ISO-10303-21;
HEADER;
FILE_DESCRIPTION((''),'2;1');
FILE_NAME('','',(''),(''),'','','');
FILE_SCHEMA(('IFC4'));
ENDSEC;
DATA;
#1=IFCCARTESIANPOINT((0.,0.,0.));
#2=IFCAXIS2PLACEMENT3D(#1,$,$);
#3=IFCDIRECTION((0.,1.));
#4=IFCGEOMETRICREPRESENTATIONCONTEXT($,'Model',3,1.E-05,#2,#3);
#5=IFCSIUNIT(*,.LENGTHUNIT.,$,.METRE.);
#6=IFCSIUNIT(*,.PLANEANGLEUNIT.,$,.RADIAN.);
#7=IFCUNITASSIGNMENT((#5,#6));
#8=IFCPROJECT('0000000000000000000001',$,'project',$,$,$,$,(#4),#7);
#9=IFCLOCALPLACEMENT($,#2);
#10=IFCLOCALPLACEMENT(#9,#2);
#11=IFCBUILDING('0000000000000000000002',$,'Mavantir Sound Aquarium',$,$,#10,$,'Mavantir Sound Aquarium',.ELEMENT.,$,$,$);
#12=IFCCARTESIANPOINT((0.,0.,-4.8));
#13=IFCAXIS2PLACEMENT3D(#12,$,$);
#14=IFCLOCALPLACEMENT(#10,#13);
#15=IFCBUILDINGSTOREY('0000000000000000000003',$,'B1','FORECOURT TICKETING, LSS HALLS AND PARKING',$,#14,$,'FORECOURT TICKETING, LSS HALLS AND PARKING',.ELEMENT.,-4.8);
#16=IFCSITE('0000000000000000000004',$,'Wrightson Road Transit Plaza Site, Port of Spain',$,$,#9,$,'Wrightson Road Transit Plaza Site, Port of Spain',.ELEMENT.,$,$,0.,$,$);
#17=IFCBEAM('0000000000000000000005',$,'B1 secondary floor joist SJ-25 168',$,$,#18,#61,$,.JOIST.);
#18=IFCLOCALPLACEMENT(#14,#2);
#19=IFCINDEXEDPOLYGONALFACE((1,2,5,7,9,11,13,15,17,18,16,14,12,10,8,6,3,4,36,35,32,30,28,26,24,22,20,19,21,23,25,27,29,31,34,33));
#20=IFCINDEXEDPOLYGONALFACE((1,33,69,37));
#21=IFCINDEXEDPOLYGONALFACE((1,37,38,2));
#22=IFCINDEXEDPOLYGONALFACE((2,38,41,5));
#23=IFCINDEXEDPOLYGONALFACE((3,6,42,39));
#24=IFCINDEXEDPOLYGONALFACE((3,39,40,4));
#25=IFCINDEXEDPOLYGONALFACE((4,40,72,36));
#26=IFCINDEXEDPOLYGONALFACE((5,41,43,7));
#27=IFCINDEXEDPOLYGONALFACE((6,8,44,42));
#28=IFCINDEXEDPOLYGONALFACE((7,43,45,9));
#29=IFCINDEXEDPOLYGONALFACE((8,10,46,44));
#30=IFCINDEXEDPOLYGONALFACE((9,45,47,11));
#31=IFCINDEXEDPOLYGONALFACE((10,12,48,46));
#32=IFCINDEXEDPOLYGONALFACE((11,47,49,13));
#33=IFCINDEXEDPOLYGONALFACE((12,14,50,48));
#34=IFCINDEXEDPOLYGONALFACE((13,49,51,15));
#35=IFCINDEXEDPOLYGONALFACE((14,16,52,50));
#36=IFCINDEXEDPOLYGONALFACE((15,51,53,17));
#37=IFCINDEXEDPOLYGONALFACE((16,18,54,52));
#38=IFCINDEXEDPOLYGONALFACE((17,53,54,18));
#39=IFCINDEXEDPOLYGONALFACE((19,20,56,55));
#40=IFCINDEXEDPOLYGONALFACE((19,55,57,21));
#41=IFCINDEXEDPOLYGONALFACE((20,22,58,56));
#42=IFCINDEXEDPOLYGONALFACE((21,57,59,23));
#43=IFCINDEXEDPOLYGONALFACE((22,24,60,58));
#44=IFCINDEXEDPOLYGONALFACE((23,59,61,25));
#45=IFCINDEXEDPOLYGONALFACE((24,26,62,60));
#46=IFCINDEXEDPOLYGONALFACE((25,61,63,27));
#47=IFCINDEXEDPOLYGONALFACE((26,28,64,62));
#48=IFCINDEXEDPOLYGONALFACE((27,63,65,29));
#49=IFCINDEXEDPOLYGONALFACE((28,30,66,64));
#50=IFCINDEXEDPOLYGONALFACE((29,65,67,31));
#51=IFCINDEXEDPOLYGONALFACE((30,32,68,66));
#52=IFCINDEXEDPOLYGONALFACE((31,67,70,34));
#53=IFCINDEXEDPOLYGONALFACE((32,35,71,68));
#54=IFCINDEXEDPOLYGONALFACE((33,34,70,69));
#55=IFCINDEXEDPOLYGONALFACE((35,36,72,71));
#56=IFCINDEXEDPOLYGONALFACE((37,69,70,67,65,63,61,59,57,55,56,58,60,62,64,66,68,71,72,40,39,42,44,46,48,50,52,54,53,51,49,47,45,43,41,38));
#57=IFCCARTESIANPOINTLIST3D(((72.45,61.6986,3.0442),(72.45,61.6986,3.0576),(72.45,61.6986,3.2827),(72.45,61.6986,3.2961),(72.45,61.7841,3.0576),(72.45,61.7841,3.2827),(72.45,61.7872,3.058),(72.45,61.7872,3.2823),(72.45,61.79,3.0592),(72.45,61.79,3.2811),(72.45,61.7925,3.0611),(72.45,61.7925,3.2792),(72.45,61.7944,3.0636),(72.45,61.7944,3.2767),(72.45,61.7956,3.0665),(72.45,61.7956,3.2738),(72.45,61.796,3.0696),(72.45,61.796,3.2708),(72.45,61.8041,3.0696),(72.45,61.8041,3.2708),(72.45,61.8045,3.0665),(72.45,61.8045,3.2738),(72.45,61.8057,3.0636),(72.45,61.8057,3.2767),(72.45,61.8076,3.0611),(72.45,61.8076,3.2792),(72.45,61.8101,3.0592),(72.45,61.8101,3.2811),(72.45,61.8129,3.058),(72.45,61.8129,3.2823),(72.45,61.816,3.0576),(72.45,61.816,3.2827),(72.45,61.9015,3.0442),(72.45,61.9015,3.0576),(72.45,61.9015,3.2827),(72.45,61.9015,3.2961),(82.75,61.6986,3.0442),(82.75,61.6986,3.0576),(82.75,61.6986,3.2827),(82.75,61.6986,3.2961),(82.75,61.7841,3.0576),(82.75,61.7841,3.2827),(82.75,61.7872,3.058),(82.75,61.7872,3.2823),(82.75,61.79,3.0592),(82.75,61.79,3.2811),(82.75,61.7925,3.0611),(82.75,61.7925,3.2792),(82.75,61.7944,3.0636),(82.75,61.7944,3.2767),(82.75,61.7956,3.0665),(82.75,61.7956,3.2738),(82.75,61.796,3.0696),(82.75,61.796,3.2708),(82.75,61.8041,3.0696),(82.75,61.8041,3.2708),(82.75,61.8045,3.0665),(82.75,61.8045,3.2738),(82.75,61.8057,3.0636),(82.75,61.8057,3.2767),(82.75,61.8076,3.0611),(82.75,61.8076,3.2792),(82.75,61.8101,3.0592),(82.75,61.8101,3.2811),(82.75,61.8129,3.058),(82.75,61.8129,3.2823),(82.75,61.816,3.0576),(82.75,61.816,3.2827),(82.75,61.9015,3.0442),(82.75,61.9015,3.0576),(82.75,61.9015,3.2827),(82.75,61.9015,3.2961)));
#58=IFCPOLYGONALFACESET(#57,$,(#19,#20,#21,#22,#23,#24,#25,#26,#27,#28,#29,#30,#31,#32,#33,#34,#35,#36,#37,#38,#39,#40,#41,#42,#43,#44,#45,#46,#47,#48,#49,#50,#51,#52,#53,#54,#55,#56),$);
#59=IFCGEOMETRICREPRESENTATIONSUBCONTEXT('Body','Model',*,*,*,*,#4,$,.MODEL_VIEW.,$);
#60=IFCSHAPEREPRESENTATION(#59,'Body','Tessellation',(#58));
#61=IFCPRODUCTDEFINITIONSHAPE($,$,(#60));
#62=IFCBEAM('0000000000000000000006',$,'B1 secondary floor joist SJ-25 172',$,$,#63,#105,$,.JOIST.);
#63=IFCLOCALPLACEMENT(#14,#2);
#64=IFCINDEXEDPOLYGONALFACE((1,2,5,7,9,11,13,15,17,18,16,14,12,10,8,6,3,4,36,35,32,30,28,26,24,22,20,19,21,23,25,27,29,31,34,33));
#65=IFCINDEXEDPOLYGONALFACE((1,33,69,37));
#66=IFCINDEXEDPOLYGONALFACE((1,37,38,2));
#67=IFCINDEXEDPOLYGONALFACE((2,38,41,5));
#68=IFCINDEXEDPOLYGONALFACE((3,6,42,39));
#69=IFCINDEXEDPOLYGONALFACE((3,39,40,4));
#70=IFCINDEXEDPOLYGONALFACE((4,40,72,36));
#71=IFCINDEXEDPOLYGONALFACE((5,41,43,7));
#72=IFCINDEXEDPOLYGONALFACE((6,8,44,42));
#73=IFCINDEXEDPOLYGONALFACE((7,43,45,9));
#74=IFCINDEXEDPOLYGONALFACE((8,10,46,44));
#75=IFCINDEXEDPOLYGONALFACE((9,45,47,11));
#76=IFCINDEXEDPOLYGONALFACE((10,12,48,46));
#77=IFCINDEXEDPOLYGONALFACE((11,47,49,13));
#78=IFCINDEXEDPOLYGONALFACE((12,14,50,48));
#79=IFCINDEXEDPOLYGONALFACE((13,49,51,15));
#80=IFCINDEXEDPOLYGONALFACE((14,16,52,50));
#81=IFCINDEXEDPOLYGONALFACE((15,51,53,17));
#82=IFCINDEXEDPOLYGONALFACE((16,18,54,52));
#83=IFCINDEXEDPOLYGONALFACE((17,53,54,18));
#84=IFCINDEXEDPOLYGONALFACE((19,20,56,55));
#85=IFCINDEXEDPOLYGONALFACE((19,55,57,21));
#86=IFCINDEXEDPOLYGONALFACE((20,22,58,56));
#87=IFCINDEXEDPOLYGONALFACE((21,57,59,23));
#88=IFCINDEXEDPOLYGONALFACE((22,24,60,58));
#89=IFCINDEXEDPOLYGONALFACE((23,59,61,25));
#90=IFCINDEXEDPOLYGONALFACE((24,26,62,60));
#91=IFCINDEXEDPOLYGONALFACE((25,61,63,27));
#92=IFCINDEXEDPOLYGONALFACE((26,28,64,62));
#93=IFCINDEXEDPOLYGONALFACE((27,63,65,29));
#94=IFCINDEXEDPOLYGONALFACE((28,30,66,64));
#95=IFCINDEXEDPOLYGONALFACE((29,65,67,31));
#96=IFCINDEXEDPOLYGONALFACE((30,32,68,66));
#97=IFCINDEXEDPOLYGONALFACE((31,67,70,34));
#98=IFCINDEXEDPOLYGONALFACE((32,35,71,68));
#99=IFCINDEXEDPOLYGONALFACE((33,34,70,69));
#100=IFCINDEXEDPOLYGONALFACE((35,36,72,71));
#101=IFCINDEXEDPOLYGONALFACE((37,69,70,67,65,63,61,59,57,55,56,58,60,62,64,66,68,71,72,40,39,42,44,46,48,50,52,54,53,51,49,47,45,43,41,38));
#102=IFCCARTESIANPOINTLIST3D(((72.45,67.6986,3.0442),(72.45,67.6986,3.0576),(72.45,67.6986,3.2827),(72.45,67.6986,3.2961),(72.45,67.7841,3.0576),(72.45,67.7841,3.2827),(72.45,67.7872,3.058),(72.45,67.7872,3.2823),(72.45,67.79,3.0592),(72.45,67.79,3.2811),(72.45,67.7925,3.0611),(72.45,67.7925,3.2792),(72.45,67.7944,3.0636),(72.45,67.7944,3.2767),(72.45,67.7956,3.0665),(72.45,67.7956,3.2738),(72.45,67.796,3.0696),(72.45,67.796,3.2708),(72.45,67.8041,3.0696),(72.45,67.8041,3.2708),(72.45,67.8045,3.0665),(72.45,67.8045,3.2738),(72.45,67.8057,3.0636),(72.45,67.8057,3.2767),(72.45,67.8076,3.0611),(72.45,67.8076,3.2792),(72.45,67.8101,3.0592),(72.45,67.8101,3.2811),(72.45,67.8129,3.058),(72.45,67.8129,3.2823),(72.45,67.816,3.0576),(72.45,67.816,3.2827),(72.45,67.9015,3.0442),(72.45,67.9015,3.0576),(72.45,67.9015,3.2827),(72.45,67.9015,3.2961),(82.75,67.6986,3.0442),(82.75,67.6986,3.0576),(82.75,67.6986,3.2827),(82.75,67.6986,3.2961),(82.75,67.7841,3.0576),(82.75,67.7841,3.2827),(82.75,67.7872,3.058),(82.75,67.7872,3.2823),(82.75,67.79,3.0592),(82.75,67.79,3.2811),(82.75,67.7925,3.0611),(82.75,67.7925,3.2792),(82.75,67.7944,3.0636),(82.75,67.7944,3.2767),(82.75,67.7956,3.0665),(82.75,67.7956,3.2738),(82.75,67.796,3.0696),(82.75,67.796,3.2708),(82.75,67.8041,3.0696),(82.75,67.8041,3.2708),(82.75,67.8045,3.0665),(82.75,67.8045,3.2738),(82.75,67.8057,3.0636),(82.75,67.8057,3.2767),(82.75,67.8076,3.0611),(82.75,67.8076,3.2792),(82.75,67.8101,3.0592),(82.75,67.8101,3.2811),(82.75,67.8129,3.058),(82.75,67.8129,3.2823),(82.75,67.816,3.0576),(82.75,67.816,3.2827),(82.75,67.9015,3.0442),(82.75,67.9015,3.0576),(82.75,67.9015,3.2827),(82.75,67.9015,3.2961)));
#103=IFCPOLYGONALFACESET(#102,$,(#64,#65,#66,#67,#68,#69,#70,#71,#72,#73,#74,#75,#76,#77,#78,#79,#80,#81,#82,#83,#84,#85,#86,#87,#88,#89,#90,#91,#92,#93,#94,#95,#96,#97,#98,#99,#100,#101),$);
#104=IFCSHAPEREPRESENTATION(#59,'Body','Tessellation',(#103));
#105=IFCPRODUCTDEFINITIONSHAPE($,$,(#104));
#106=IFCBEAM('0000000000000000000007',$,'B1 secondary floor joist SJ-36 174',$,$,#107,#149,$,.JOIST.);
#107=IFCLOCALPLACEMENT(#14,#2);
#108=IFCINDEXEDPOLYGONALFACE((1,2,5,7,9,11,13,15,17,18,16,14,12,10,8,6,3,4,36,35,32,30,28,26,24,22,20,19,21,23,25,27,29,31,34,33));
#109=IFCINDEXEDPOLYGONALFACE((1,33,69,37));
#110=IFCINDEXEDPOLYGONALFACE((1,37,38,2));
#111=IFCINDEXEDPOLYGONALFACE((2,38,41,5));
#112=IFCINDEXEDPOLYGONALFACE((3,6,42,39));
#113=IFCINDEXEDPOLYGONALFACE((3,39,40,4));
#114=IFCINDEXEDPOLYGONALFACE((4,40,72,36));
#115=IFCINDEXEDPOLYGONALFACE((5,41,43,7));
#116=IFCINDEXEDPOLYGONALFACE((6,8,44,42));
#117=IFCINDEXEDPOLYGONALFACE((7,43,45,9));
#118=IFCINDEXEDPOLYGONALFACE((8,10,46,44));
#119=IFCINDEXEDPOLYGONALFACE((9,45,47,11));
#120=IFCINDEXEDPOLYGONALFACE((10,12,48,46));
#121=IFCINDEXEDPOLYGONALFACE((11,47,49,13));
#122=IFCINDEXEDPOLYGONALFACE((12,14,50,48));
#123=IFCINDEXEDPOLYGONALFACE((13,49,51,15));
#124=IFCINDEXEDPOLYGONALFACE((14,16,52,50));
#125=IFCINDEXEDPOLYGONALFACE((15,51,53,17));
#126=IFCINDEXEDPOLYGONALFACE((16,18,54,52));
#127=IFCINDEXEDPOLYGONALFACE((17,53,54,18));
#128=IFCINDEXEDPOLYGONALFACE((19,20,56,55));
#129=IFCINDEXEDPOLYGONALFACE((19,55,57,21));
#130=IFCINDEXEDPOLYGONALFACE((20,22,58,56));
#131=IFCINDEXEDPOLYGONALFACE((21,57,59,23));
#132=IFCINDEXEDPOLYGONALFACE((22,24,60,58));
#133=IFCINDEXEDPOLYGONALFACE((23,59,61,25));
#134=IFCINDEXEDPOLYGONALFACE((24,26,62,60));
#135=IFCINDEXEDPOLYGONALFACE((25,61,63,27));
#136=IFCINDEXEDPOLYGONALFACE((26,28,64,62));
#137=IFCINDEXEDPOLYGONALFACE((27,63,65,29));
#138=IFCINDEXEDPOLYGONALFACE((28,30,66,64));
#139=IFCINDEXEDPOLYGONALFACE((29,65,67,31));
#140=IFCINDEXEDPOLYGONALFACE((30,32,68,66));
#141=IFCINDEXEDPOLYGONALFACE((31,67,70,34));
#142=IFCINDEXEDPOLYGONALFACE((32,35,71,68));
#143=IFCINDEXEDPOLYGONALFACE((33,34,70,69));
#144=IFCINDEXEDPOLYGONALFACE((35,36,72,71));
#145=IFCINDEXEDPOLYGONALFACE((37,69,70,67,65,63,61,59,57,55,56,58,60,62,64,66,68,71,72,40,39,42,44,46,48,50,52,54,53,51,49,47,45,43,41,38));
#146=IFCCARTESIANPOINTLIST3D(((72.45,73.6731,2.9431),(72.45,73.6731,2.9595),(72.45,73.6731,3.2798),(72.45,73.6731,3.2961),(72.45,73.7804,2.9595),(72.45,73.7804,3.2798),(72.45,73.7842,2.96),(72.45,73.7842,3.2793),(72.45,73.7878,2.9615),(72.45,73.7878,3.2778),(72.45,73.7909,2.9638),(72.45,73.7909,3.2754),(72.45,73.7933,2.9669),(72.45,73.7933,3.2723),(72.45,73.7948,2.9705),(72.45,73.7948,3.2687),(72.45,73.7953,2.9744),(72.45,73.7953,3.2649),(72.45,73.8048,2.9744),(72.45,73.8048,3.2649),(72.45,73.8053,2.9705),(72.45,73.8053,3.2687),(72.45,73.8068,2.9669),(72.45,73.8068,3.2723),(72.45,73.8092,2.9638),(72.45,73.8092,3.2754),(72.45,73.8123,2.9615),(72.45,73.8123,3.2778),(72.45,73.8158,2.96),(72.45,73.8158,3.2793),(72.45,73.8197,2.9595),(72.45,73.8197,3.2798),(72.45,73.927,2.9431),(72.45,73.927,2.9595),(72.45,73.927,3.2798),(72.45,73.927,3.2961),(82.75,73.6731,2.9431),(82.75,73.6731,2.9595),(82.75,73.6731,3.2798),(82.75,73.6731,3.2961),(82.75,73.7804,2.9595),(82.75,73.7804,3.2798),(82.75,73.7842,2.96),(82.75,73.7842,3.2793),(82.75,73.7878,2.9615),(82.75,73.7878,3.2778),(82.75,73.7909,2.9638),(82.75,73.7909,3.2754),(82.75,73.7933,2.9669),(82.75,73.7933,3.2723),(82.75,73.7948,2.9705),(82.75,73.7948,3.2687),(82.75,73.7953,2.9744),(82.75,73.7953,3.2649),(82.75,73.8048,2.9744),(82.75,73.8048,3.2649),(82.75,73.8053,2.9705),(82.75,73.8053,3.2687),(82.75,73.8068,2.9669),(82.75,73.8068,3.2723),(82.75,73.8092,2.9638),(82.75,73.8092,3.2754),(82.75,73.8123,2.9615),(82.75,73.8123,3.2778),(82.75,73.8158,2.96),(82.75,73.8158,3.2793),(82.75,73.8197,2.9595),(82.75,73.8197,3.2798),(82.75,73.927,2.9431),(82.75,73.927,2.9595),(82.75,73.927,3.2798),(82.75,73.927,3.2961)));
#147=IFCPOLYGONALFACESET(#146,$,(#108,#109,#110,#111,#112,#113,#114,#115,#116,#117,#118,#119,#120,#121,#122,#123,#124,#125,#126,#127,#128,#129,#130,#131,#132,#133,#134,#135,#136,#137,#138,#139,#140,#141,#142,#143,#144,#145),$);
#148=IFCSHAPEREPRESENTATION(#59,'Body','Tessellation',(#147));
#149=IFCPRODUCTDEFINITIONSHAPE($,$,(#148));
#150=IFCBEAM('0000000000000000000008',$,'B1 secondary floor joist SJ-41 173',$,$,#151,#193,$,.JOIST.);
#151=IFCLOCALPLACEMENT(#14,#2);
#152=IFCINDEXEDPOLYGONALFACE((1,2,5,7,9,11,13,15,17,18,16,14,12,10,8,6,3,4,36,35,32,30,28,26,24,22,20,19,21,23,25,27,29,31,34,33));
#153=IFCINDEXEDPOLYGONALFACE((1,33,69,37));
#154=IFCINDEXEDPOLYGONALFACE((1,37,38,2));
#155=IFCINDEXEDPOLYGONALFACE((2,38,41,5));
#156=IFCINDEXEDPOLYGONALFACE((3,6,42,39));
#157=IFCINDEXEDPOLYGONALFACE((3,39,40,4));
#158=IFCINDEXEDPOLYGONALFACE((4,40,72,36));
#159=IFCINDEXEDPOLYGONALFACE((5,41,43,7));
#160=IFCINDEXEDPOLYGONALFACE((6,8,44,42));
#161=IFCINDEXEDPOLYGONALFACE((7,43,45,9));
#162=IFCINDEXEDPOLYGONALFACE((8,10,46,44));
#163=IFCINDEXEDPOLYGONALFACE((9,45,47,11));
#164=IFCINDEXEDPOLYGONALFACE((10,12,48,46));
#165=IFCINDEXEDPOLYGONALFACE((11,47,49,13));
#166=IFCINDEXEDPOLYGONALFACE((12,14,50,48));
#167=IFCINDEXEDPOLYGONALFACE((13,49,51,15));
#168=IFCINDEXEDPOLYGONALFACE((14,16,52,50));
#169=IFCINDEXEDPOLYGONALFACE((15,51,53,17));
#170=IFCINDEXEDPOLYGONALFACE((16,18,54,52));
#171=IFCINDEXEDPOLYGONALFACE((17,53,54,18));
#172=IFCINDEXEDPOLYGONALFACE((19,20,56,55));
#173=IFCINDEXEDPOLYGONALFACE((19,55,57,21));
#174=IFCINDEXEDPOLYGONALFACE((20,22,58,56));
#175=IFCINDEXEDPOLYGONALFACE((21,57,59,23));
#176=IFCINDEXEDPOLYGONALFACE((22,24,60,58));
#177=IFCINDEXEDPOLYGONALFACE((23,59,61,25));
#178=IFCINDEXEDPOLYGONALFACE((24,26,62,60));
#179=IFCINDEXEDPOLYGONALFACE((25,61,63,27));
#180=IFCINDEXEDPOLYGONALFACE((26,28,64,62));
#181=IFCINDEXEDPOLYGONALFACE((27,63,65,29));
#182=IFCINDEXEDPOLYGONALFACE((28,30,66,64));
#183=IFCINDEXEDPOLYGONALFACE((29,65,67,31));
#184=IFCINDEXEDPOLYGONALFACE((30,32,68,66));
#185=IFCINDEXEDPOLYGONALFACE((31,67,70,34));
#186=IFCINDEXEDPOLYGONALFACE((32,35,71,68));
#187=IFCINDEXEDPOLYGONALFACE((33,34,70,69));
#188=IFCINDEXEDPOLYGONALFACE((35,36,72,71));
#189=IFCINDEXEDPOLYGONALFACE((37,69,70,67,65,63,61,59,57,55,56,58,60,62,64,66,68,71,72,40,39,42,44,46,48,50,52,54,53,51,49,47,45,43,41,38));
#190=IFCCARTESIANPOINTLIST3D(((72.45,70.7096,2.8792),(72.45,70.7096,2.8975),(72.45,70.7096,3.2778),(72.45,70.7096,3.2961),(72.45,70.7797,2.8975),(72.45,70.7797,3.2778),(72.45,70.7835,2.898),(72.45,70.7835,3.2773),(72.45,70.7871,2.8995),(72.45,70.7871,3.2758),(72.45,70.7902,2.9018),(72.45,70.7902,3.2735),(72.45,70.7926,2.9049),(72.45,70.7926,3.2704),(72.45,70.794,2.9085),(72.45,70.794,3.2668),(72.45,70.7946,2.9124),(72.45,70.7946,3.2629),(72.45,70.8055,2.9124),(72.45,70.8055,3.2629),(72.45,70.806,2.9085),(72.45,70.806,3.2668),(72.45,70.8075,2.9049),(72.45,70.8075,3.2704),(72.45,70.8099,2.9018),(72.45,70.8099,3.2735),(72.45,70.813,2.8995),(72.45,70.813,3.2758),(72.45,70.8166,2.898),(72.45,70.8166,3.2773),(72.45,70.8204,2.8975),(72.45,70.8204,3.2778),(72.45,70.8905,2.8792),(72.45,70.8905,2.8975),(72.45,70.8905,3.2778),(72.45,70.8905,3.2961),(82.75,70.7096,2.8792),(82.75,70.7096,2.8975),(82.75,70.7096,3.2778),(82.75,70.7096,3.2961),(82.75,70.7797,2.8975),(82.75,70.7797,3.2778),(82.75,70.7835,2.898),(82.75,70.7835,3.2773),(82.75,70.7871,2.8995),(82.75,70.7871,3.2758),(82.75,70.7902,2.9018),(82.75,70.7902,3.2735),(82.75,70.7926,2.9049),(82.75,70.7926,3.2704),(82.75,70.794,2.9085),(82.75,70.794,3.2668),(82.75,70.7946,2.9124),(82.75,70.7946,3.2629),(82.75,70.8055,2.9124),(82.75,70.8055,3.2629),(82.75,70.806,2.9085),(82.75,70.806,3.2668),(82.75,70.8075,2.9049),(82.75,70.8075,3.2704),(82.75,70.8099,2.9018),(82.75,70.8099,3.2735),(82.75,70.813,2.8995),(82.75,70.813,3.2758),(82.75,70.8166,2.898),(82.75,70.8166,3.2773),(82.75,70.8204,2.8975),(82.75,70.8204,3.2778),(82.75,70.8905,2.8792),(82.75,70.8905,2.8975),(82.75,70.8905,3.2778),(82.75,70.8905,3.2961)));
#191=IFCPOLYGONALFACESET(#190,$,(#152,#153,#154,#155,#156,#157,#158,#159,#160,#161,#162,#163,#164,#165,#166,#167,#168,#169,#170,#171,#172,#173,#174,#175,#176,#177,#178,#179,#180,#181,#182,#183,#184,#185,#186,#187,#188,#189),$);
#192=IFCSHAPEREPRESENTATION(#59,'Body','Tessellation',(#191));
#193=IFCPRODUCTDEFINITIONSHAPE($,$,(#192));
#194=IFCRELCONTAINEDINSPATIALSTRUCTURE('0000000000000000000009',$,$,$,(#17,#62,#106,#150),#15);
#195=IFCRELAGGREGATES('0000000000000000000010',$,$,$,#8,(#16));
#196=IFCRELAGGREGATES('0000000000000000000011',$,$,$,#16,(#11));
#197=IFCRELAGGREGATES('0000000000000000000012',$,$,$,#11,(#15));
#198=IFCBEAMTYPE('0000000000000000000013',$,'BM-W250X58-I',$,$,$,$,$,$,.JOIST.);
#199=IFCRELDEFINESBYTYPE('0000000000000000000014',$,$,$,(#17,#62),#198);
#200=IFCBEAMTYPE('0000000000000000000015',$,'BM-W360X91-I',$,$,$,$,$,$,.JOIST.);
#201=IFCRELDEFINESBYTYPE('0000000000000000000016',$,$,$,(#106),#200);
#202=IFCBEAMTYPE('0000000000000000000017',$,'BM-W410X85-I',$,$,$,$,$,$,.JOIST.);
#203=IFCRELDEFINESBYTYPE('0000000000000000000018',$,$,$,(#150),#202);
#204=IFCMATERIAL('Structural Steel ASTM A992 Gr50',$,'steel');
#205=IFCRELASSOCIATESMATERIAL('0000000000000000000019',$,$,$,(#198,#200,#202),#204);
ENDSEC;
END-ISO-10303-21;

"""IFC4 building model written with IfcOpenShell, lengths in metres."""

from ifc_helpers import new_model, si_unit, direction, frame, origin, origin_2d, place, context, subcontext, project, spatial, i_section, extrude, material, material_profile, profile_set, type_object, element, save


model = new_model("IFC4")

# Units and contexts
model_context = context("Model", 3, precision=1e-05, world=origin(), true_north=direction((0.0, 1.0)))
body_context = subcontext(model_context, "Body", "Model", "MODEL_VIEW")
ifc_project = project(units=[si_unit("LENGTHUNIT", "METRE"), si_unit("PLANEANGLEUNIT", "RADIAN")], contexts=[model_context])

# Site, building, storey
site_placement = place(None, origin())
site = spatial("IfcSite", under=ifc_project, at=site_placement, Name="Wrightson Road Transit Plaza Site, Port of Spain", LongName="Wrightson Road Transit Plaza Site, Port of Spain", CompositionType="ELEMENT", RefElevation=0.0)
building_placement = place(site_placement, origin())
building = spatial("IfcBuilding", under=site, at=building_placement, Name="Mavantir Sound Aquarium", LongName="Mavantir Sound Aquarium", CompositionType="ELEMENT")
storey_placement = place(building_placement, frame((0.0, 0.0, -4.8)))
storey = spatial("IfcBuildingStorey", under=building, at=storey_placement, Name="B1", Description="FORECOURT TICKETING, LSS HALLS AND PARKING", LongName="FORECOURT TICKETING, LSS HALLS AND PARKING", CompositionType="ELEMENT", Elevation=-4.8)

# Beams
ifc_material_1 = material(Name="Structural Steel ASTM A992 Gr50", Category="steel")
ifc_material_profile_1 = material_profile(ifc_material_1, i_section(OverallWidth=0.2029, OverallDepth=0.252, WebThickness=0.0081, FlangeThickness=0.0134, FilletRadius=0.012, at=origin_2d()), Name="W250X58")
ifc_profile_set_1 = profile_set([ifc_material_profile_1], Name="Structural Steel ASTM A992 Gr50")
beam_type_1 = type_object("IfcBeamType", Name="BM-W250X58-I", PredefinedType="JOIST", material=ifc_profile_set_1)
for number, where, z_axis, x_axis, name in (
    (1, (72.45, 61.8, 3.1702), (1.0, 0.0, 0.0), (0.0, 1.0, 0.0), "B1 secondary floor joist SJ-25 168"),
    (2, (72.45, 67.8, 3.1702), (1.0, 0.0, 0.0), (0.0, 1.0, 0.0), "B1 secondary floor joist SJ-25 172"),
):
    element("IfcBeam", number, at=place(storey_placement, frame(where, z_axis=z_axis, x_axis=x_axis)), inside=storey, type_object=beam_type_1, Name=name, PredefinedType="JOIST", context=body_context, shape_type="SweptSolid", body=[
        extrude(i_section(OverallWidth=0.2029, OverallDepth=0.252, WebThickness=0.0081, FlangeThickness=0.0134, FilletRadius=0.012, at=origin_2d()), origin(), (0.0, 0.0, 1.0), 10.3),
    ])
ifc_material_profile_2 = material_profile(ifc_material_1, i_section(OverallWidth=0.2539, OverallDepth=0.353, WebThickness=0.0095, FlangeThickness=0.0164, FilletRadius=0.0149, at=origin_2d()), Name="W360X91")
ifc_profile_set_2 = profile_set([ifc_material_profile_2], Name="Structural Steel ASTM A992 Gr50")
beam_type_2 = type_object("IfcBeamType", Name="BM-W360X91-I", PredefinedType="JOIST", material=ifc_profile_set_2)
beam_1_placement = place(storey_placement, frame((72.45, 73.8, 3.1196), z_axis=(1.0, 0.0, 0.0), x_axis=(0.0, 1.0, 0.0)))
element("IfcBeam", 3, at=beam_1_placement, inside=storey, type_object=beam_type_2, Name="B1 secondary floor joist SJ-36 174", PredefinedType="JOIST", context=body_context, shape_type="SweptSolid", body=[
    extrude(i_section(OverallWidth=0.2539, OverallDepth=0.353, WebThickness=0.0095, FlangeThickness=0.0164, FilletRadius=0.0149, at=origin_2d()), origin(), (0.0, 0.0, 1.0), 10.3),
])
ifc_material_profile_3 = material_profile(ifc_material_1, i_section(OverallWidth=0.1809, OverallDepth=0.417, WebThickness=0.011, FlangeThickness=0.0183, FilletRadius=0.0149, at=origin_2d()), Name="W410X85")
ifc_profile_set_3 = profile_set([ifc_material_profile_3], Name="Structural Steel ASTM A992 Gr50")
beam_type_3 = type_object("IfcBeamType", Name="BM-W410X85-I", PredefinedType="JOIST", material=ifc_profile_set_3)
beam_2_placement = place(storey_placement, frame((72.45, 70.8, 3.0876), z_axis=(1.0, 0.0, 0.0), x_axis=(0.0, 1.0, 0.0)))
element("IfcBeam", 4, at=beam_2_placement, inside=storey, type_object=beam_type_3, Name="B1 secondary floor joist SJ-41 173", PredefinedType="JOIST", context=body_context, shape_type="SweptSolid", body=[
    extrude(i_section(OverallWidth=0.1809, OverallDepth=0.417, WebThickness=0.011, FlangeThickness=0.0183, FilletRadius=0.0149, at=origin_2d()), origin(), (0.0, 0.0, 1.0), 10.3),
])

save(model, "model.ifc")
